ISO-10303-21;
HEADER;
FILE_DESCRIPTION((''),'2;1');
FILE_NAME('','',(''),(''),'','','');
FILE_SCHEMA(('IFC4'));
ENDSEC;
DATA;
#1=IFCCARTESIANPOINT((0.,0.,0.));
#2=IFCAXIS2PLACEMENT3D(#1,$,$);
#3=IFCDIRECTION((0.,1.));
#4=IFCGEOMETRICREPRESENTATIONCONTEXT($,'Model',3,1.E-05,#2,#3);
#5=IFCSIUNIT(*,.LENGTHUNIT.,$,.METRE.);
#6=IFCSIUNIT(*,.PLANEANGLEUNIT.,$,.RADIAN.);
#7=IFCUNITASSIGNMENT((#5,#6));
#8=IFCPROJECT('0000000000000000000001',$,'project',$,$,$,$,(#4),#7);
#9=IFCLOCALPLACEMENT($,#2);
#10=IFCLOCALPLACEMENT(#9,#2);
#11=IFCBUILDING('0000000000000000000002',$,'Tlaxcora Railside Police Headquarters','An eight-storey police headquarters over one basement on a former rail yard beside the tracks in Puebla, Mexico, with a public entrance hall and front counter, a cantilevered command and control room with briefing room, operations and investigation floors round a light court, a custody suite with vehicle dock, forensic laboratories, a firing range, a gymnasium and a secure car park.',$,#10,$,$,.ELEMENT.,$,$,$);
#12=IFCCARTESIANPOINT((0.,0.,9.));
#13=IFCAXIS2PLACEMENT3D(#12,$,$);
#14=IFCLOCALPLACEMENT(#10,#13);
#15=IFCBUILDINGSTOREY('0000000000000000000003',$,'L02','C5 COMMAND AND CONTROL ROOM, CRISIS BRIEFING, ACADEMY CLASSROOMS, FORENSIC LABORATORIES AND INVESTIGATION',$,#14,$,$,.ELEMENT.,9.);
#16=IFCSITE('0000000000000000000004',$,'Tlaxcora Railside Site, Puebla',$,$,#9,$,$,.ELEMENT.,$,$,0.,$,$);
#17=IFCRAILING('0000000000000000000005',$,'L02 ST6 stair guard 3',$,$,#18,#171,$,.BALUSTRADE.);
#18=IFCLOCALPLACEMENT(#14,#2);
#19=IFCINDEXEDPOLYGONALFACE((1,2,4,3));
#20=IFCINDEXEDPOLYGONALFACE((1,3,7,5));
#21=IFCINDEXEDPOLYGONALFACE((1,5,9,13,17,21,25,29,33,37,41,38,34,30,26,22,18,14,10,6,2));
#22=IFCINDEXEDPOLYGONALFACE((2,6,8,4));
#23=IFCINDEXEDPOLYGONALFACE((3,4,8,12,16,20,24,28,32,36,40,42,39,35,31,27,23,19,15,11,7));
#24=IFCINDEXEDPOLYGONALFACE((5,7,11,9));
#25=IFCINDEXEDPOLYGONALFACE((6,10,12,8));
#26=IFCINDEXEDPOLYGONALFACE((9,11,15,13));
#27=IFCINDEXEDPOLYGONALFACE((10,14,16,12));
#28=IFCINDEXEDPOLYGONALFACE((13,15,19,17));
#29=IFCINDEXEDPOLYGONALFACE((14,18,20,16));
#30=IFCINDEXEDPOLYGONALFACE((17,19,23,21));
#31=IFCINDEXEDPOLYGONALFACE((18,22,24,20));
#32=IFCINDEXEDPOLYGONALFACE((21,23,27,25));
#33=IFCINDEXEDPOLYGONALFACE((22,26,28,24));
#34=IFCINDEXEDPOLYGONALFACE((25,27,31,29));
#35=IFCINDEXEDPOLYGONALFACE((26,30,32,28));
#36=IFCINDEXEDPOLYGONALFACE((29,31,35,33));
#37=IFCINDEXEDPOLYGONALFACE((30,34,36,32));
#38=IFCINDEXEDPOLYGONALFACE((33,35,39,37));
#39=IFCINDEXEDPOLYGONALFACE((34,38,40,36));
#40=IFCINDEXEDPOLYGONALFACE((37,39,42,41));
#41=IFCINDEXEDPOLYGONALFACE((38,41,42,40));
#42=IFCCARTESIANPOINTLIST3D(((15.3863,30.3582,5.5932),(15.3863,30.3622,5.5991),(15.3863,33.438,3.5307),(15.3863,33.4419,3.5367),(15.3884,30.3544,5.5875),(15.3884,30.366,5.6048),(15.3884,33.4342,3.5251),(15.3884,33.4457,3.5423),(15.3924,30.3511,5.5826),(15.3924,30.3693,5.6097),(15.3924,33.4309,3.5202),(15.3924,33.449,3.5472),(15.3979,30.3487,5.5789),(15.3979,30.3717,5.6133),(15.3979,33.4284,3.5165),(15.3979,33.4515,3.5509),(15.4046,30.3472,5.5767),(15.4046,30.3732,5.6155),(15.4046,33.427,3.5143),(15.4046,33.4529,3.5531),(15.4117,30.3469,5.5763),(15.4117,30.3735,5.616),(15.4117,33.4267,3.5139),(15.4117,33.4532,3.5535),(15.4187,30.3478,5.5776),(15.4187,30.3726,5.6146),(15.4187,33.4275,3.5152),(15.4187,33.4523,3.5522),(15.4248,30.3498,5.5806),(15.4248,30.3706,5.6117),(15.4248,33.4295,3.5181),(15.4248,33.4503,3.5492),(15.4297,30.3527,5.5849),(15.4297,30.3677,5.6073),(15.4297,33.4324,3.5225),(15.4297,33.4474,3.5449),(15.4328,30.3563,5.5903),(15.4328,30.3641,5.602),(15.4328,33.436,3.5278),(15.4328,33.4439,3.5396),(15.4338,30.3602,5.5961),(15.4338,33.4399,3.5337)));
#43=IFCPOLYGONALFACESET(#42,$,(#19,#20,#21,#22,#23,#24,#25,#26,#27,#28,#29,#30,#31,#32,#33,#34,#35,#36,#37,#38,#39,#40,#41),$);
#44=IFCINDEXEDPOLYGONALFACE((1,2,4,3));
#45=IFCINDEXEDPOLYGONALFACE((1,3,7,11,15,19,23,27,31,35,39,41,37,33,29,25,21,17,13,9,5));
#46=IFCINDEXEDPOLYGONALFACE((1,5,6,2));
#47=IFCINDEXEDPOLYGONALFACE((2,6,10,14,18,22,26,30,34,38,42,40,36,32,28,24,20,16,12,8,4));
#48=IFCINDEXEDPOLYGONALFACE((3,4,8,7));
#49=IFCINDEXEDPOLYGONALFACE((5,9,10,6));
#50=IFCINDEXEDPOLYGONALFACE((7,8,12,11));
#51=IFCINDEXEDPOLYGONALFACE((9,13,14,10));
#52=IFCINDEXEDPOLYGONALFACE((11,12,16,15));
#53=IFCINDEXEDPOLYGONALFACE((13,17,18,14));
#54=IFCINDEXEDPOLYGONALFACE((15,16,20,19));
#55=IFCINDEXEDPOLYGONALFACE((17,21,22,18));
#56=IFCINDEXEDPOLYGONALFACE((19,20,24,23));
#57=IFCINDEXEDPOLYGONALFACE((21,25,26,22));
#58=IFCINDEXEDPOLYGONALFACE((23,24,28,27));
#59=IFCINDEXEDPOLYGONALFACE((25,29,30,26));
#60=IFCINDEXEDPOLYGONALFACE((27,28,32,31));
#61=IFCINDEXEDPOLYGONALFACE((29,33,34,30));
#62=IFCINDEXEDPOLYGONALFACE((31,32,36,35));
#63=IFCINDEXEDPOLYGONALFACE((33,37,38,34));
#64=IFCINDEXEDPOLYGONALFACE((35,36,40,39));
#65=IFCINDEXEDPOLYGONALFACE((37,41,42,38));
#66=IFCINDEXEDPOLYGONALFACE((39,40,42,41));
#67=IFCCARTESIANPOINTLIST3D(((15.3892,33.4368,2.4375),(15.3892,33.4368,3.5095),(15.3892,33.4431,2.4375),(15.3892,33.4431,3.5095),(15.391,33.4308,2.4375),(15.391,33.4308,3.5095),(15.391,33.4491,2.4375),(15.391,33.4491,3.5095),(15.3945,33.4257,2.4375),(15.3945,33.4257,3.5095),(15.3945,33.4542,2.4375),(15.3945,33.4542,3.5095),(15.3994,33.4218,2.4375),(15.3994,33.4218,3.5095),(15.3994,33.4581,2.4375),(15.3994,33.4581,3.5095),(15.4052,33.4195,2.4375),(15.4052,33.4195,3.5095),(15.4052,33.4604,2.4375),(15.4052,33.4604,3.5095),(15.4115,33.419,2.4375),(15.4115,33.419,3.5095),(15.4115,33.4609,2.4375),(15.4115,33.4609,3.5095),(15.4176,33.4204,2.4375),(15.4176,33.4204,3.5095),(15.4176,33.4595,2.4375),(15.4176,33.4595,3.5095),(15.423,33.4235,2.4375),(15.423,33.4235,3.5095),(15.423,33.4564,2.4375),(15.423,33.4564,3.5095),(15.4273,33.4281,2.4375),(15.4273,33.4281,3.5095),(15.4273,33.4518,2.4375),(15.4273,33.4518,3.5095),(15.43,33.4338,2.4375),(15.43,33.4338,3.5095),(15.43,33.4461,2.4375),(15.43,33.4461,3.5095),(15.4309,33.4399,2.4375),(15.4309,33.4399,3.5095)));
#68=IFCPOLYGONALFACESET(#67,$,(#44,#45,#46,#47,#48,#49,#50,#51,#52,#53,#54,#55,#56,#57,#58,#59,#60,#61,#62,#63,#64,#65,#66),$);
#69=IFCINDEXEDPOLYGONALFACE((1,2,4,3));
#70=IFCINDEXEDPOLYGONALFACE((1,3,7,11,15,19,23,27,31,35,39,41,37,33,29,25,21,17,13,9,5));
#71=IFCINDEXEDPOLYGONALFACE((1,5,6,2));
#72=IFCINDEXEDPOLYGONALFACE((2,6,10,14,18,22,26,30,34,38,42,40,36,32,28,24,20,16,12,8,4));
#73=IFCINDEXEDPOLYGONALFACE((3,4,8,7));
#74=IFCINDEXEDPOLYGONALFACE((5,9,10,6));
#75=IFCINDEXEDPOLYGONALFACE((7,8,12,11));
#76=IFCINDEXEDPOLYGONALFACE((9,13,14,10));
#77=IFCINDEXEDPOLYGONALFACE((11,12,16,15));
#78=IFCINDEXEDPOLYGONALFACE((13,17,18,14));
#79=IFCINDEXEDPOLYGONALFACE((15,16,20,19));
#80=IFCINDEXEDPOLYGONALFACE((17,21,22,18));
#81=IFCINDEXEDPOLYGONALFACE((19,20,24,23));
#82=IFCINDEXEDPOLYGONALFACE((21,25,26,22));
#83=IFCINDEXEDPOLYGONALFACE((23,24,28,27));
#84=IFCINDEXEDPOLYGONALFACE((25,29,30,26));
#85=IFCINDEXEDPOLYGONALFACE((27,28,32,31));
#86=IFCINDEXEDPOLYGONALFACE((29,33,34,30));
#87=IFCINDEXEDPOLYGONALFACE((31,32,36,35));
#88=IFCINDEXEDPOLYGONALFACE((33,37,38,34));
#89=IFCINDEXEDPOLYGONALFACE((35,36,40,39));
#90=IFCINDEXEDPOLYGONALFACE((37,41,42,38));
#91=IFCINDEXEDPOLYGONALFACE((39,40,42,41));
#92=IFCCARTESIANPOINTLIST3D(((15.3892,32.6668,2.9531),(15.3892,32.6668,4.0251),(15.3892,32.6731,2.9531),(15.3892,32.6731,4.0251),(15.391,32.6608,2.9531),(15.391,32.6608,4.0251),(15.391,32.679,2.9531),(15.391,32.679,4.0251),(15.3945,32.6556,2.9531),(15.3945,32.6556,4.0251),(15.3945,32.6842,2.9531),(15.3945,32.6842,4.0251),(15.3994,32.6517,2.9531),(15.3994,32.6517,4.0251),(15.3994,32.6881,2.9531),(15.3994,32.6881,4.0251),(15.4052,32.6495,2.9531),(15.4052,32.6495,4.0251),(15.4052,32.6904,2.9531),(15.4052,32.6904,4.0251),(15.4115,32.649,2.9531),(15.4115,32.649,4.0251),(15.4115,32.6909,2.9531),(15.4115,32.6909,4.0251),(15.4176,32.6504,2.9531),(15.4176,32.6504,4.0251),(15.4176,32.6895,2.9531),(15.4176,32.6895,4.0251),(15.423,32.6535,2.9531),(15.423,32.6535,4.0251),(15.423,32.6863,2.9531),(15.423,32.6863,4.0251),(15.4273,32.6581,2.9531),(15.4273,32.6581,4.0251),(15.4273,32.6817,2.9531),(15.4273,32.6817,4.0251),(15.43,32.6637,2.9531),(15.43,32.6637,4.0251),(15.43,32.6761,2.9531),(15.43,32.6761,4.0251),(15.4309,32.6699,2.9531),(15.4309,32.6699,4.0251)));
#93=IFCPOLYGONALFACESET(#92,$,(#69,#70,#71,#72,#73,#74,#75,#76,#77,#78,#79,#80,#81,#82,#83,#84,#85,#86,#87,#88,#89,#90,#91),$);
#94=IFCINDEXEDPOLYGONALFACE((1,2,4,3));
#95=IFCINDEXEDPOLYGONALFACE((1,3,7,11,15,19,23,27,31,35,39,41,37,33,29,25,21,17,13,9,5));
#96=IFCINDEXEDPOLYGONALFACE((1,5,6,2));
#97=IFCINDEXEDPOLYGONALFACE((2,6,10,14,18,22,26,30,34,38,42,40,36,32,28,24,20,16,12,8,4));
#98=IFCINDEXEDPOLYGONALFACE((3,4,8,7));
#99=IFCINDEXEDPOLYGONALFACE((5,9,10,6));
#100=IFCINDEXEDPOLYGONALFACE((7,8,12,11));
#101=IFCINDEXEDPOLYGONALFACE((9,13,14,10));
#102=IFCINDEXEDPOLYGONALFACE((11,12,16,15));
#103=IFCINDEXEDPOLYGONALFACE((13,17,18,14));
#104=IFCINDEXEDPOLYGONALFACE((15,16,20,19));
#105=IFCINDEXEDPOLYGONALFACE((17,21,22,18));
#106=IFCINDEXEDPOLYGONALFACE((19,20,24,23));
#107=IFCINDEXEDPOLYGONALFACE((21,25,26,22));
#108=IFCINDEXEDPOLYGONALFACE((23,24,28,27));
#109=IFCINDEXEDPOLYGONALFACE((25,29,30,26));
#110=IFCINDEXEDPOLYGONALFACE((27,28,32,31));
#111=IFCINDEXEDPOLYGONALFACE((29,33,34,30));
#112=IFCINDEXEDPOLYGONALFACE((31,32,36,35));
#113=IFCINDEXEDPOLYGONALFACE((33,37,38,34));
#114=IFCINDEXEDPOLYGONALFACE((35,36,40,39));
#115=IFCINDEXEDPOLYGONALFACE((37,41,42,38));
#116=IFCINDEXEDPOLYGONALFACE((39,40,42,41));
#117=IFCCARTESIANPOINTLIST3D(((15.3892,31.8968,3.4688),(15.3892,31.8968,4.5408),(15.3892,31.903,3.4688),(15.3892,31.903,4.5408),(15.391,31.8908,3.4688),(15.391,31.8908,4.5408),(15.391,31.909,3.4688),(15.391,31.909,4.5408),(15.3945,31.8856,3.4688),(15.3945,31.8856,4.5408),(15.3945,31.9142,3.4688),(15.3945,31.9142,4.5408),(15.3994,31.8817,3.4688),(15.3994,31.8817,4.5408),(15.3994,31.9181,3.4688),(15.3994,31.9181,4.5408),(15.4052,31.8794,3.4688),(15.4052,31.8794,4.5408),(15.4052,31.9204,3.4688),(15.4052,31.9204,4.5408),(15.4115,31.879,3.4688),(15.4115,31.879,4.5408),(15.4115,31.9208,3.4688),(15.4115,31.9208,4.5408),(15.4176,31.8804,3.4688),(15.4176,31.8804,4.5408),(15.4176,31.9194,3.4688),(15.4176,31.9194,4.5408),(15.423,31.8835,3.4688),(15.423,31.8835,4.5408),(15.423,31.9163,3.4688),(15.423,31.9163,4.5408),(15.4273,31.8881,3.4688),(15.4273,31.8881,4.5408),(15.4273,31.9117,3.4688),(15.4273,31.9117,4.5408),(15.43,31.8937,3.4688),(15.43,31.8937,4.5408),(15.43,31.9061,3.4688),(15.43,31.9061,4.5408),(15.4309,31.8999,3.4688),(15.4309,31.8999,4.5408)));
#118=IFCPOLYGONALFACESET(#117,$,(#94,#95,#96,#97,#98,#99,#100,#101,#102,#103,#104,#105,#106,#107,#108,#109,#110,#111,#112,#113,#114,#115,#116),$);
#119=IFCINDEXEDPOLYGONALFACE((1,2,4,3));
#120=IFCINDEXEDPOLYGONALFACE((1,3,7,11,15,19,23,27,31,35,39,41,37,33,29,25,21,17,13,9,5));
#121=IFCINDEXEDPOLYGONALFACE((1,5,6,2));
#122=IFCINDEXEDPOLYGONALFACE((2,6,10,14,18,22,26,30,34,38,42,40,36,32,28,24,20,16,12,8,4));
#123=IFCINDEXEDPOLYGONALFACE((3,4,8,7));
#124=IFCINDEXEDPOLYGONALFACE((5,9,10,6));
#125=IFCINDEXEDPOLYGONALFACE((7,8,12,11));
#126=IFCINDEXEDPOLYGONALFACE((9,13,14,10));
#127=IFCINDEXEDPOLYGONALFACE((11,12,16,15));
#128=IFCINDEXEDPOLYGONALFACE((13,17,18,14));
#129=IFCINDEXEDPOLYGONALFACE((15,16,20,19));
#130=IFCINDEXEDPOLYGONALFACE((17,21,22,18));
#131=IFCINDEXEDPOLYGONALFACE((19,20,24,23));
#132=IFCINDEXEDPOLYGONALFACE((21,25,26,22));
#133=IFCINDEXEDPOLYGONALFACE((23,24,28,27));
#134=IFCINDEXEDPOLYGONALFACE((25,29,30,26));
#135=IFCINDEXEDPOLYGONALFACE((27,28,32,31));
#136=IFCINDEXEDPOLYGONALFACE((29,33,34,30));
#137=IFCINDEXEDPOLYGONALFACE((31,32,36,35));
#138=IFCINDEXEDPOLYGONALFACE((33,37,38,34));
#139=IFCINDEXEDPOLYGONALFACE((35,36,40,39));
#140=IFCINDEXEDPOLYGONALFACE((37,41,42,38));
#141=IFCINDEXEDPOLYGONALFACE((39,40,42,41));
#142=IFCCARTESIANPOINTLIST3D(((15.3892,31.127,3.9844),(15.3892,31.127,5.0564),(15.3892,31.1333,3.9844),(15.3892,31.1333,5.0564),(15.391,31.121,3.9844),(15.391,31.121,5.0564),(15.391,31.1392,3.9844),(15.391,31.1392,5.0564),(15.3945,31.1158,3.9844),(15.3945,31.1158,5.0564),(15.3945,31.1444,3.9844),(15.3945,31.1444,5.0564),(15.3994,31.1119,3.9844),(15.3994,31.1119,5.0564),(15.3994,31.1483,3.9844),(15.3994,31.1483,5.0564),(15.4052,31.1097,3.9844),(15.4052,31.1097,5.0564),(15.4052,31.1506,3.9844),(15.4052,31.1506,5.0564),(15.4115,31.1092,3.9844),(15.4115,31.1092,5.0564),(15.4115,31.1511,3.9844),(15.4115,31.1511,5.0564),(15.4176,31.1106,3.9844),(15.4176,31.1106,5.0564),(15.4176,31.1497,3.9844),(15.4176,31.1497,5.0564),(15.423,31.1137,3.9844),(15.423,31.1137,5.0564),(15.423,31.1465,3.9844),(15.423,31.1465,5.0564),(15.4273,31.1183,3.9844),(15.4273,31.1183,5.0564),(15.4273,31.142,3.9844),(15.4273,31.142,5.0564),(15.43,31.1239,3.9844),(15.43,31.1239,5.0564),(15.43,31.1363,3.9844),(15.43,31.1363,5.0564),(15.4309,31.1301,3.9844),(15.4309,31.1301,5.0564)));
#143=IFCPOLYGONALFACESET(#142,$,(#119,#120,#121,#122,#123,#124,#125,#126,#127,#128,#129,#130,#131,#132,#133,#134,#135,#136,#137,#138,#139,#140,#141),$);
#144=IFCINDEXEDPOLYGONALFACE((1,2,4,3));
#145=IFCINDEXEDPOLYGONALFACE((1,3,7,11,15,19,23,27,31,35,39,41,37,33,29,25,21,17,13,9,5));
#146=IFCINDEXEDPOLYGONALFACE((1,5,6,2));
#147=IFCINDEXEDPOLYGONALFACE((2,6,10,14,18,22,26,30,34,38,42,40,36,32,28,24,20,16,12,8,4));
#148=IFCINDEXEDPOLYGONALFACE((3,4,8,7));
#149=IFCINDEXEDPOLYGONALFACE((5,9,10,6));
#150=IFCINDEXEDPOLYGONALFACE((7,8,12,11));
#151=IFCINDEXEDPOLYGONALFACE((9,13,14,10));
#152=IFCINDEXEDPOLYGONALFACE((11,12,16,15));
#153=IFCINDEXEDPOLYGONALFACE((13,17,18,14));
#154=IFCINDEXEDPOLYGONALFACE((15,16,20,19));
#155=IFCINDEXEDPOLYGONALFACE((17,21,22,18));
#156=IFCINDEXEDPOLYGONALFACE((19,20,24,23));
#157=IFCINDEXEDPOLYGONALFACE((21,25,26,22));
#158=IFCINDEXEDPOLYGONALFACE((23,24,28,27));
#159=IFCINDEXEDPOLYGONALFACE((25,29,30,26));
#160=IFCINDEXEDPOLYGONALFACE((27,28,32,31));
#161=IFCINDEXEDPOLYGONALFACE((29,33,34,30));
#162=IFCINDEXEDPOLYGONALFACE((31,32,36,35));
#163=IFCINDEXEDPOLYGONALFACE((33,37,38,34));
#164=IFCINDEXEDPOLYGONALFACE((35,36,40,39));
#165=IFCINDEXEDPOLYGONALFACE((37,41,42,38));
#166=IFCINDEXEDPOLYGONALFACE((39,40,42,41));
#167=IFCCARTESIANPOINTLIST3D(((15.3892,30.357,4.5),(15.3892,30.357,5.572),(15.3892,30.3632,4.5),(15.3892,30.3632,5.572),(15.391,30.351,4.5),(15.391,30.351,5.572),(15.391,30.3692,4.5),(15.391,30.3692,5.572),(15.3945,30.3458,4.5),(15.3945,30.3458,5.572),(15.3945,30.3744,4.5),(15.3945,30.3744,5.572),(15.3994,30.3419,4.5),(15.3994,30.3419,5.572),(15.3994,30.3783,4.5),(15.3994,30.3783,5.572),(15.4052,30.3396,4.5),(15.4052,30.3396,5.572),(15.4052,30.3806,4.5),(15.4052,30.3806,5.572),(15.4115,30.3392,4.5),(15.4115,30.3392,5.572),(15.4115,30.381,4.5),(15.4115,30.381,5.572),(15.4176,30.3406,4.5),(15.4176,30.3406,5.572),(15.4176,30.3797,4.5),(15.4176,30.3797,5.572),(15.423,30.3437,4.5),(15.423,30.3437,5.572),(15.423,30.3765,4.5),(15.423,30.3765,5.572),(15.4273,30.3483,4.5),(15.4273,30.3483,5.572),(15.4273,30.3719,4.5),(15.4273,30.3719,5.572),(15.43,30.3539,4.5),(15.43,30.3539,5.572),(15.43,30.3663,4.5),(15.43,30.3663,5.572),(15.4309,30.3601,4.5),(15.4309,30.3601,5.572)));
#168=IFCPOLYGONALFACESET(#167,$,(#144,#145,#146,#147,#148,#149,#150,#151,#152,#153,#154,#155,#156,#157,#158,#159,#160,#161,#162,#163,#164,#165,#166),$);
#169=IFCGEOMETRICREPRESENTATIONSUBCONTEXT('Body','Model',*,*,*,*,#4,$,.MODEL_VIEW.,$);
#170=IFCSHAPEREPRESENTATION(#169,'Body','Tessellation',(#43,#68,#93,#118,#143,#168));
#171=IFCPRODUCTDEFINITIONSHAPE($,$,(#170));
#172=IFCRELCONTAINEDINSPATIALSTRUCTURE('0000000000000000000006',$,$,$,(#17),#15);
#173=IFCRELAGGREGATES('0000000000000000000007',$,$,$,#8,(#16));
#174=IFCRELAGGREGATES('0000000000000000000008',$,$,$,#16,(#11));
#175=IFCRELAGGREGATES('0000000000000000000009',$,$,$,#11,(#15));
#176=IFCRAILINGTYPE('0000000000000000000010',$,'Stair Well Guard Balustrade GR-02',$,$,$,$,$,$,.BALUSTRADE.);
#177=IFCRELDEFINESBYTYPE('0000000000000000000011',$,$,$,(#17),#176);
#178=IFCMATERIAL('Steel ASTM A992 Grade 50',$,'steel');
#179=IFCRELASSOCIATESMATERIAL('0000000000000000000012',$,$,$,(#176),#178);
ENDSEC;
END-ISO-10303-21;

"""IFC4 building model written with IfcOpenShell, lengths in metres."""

from ifc_helpers import new_model, si_unit, direction, frame, origin, origin_2d, place, context, subcontext, project, spatial, circle, extrude, material, type_object, element, save


model = new_model("IFC4")

# Units and contexts
model_context = context("Model", 3, precision=1e-05, world=origin(), true_north=direction((0.0, 1.0)))
body_context = subcontext(model_context, "Body", "Model", "MODEL_VIEW")
ifc_project = project(units=[si_unit("LENGTHUNIT", "METRE"), si_unit("PLANEANGLEUNIT", "RADIAN")], contexts=[model_context])

# Site, building, storey
site_placement = place(None, origin())
site = spatial("IfcSite", under=ifc_project, at=site_placement, Name="Tlaxcora Railside Site, Puebla", CompositionType="ELEMENT", RefElevation=0.0)
building_placement = place(site_placement, origin())
building = spatial("IfcBuilding", under=site, at=building_placement, Name="Tlaxcora Railside Police Headquarters", Description="An eight-storey police headquarters over one basement on a former rail yard beside the tracks in Puebla, Mexico, with a public entrance hall and front counter, a cantilevered command and control room with briefing room, operations and investigation floors round a light court, a custody suite with vehicle dock, forensic laboratories, a firing range, a gymnasium and a secure car park.", CompositionType="ELEMENT")
storey_placement = place(building_placement, frame((0.0, 0.0, 9.0)))
storey = spatial("IfcBuildingStorey", under=building, at=storey_placement, Name="L02", Description="C5 COMMAND AND CONTROL ROOM, CRISIS BRIEFING, ACADEMY CLASSROOMS, FORENSIC LABORATORIES AND INVESTIGATION", CompositionType="ELEMENT", Elevation=9.0)

# Shared definitions
ifc_material_1 = material(Name="Steel ASTM A992 Grade 50", Category="steel")

# Railing
railing_type_1 = type_object("IfcRailingType", Name="Stair Well Guard Balustrade GR-02", PredefinedType="BALUSTRADE", material=ifc_material_1)
railing_1_placement = place(storey_placement, frame((15.4099, 33.4399, 2.4375)))
element("IfcRailing", 1, at=railing_1_placement, inside=storey, type_object=railing_type_1, Name="L02 ST6 stair guard 3", PredefinedType="BALUSTRADE", context=body_context, shape_type="SweptSolid", body=[
    extrude(circle(Radius=0.0239, at=origin_2d()), frame((0.0, 0.0, 1.0962), z_axis=(0.0, -0.830893, 0.556432), x_axis=(1.0, 0.0, 0.0)), (0.0, 0.0, 1.0), 3.7065),
    extrude(circle(Radius=0.021, at=origin_2d()), origin(), (0.0, 0.0, 1.0), 1.072),
    extrude(circle(Radius=0.021, at=origin_2d()), frame((0.0, -0.77, 0.5156)), (0.0, 0.0, 1.0), 1.072),
    extrude(circle(Radius=0.021, at=origin_2d()), frame((0.0, -1.54, 1.0312)), (0.0, 0.0, 1.0), 1.072),
    extrude(circle(Radius=0.021, at=origin_2d()), frame((0.0, -2.3098, 1.5469)), (0.0, 0.0, 1.0), 1.072),
    extrude(circle(Radius=0.021, at=origin_2d()), frame((0.0, -3.0798, 2.0625)), (0.0, 0.0, 1.0), 1.072),
])

save(model, "model.ifc")
